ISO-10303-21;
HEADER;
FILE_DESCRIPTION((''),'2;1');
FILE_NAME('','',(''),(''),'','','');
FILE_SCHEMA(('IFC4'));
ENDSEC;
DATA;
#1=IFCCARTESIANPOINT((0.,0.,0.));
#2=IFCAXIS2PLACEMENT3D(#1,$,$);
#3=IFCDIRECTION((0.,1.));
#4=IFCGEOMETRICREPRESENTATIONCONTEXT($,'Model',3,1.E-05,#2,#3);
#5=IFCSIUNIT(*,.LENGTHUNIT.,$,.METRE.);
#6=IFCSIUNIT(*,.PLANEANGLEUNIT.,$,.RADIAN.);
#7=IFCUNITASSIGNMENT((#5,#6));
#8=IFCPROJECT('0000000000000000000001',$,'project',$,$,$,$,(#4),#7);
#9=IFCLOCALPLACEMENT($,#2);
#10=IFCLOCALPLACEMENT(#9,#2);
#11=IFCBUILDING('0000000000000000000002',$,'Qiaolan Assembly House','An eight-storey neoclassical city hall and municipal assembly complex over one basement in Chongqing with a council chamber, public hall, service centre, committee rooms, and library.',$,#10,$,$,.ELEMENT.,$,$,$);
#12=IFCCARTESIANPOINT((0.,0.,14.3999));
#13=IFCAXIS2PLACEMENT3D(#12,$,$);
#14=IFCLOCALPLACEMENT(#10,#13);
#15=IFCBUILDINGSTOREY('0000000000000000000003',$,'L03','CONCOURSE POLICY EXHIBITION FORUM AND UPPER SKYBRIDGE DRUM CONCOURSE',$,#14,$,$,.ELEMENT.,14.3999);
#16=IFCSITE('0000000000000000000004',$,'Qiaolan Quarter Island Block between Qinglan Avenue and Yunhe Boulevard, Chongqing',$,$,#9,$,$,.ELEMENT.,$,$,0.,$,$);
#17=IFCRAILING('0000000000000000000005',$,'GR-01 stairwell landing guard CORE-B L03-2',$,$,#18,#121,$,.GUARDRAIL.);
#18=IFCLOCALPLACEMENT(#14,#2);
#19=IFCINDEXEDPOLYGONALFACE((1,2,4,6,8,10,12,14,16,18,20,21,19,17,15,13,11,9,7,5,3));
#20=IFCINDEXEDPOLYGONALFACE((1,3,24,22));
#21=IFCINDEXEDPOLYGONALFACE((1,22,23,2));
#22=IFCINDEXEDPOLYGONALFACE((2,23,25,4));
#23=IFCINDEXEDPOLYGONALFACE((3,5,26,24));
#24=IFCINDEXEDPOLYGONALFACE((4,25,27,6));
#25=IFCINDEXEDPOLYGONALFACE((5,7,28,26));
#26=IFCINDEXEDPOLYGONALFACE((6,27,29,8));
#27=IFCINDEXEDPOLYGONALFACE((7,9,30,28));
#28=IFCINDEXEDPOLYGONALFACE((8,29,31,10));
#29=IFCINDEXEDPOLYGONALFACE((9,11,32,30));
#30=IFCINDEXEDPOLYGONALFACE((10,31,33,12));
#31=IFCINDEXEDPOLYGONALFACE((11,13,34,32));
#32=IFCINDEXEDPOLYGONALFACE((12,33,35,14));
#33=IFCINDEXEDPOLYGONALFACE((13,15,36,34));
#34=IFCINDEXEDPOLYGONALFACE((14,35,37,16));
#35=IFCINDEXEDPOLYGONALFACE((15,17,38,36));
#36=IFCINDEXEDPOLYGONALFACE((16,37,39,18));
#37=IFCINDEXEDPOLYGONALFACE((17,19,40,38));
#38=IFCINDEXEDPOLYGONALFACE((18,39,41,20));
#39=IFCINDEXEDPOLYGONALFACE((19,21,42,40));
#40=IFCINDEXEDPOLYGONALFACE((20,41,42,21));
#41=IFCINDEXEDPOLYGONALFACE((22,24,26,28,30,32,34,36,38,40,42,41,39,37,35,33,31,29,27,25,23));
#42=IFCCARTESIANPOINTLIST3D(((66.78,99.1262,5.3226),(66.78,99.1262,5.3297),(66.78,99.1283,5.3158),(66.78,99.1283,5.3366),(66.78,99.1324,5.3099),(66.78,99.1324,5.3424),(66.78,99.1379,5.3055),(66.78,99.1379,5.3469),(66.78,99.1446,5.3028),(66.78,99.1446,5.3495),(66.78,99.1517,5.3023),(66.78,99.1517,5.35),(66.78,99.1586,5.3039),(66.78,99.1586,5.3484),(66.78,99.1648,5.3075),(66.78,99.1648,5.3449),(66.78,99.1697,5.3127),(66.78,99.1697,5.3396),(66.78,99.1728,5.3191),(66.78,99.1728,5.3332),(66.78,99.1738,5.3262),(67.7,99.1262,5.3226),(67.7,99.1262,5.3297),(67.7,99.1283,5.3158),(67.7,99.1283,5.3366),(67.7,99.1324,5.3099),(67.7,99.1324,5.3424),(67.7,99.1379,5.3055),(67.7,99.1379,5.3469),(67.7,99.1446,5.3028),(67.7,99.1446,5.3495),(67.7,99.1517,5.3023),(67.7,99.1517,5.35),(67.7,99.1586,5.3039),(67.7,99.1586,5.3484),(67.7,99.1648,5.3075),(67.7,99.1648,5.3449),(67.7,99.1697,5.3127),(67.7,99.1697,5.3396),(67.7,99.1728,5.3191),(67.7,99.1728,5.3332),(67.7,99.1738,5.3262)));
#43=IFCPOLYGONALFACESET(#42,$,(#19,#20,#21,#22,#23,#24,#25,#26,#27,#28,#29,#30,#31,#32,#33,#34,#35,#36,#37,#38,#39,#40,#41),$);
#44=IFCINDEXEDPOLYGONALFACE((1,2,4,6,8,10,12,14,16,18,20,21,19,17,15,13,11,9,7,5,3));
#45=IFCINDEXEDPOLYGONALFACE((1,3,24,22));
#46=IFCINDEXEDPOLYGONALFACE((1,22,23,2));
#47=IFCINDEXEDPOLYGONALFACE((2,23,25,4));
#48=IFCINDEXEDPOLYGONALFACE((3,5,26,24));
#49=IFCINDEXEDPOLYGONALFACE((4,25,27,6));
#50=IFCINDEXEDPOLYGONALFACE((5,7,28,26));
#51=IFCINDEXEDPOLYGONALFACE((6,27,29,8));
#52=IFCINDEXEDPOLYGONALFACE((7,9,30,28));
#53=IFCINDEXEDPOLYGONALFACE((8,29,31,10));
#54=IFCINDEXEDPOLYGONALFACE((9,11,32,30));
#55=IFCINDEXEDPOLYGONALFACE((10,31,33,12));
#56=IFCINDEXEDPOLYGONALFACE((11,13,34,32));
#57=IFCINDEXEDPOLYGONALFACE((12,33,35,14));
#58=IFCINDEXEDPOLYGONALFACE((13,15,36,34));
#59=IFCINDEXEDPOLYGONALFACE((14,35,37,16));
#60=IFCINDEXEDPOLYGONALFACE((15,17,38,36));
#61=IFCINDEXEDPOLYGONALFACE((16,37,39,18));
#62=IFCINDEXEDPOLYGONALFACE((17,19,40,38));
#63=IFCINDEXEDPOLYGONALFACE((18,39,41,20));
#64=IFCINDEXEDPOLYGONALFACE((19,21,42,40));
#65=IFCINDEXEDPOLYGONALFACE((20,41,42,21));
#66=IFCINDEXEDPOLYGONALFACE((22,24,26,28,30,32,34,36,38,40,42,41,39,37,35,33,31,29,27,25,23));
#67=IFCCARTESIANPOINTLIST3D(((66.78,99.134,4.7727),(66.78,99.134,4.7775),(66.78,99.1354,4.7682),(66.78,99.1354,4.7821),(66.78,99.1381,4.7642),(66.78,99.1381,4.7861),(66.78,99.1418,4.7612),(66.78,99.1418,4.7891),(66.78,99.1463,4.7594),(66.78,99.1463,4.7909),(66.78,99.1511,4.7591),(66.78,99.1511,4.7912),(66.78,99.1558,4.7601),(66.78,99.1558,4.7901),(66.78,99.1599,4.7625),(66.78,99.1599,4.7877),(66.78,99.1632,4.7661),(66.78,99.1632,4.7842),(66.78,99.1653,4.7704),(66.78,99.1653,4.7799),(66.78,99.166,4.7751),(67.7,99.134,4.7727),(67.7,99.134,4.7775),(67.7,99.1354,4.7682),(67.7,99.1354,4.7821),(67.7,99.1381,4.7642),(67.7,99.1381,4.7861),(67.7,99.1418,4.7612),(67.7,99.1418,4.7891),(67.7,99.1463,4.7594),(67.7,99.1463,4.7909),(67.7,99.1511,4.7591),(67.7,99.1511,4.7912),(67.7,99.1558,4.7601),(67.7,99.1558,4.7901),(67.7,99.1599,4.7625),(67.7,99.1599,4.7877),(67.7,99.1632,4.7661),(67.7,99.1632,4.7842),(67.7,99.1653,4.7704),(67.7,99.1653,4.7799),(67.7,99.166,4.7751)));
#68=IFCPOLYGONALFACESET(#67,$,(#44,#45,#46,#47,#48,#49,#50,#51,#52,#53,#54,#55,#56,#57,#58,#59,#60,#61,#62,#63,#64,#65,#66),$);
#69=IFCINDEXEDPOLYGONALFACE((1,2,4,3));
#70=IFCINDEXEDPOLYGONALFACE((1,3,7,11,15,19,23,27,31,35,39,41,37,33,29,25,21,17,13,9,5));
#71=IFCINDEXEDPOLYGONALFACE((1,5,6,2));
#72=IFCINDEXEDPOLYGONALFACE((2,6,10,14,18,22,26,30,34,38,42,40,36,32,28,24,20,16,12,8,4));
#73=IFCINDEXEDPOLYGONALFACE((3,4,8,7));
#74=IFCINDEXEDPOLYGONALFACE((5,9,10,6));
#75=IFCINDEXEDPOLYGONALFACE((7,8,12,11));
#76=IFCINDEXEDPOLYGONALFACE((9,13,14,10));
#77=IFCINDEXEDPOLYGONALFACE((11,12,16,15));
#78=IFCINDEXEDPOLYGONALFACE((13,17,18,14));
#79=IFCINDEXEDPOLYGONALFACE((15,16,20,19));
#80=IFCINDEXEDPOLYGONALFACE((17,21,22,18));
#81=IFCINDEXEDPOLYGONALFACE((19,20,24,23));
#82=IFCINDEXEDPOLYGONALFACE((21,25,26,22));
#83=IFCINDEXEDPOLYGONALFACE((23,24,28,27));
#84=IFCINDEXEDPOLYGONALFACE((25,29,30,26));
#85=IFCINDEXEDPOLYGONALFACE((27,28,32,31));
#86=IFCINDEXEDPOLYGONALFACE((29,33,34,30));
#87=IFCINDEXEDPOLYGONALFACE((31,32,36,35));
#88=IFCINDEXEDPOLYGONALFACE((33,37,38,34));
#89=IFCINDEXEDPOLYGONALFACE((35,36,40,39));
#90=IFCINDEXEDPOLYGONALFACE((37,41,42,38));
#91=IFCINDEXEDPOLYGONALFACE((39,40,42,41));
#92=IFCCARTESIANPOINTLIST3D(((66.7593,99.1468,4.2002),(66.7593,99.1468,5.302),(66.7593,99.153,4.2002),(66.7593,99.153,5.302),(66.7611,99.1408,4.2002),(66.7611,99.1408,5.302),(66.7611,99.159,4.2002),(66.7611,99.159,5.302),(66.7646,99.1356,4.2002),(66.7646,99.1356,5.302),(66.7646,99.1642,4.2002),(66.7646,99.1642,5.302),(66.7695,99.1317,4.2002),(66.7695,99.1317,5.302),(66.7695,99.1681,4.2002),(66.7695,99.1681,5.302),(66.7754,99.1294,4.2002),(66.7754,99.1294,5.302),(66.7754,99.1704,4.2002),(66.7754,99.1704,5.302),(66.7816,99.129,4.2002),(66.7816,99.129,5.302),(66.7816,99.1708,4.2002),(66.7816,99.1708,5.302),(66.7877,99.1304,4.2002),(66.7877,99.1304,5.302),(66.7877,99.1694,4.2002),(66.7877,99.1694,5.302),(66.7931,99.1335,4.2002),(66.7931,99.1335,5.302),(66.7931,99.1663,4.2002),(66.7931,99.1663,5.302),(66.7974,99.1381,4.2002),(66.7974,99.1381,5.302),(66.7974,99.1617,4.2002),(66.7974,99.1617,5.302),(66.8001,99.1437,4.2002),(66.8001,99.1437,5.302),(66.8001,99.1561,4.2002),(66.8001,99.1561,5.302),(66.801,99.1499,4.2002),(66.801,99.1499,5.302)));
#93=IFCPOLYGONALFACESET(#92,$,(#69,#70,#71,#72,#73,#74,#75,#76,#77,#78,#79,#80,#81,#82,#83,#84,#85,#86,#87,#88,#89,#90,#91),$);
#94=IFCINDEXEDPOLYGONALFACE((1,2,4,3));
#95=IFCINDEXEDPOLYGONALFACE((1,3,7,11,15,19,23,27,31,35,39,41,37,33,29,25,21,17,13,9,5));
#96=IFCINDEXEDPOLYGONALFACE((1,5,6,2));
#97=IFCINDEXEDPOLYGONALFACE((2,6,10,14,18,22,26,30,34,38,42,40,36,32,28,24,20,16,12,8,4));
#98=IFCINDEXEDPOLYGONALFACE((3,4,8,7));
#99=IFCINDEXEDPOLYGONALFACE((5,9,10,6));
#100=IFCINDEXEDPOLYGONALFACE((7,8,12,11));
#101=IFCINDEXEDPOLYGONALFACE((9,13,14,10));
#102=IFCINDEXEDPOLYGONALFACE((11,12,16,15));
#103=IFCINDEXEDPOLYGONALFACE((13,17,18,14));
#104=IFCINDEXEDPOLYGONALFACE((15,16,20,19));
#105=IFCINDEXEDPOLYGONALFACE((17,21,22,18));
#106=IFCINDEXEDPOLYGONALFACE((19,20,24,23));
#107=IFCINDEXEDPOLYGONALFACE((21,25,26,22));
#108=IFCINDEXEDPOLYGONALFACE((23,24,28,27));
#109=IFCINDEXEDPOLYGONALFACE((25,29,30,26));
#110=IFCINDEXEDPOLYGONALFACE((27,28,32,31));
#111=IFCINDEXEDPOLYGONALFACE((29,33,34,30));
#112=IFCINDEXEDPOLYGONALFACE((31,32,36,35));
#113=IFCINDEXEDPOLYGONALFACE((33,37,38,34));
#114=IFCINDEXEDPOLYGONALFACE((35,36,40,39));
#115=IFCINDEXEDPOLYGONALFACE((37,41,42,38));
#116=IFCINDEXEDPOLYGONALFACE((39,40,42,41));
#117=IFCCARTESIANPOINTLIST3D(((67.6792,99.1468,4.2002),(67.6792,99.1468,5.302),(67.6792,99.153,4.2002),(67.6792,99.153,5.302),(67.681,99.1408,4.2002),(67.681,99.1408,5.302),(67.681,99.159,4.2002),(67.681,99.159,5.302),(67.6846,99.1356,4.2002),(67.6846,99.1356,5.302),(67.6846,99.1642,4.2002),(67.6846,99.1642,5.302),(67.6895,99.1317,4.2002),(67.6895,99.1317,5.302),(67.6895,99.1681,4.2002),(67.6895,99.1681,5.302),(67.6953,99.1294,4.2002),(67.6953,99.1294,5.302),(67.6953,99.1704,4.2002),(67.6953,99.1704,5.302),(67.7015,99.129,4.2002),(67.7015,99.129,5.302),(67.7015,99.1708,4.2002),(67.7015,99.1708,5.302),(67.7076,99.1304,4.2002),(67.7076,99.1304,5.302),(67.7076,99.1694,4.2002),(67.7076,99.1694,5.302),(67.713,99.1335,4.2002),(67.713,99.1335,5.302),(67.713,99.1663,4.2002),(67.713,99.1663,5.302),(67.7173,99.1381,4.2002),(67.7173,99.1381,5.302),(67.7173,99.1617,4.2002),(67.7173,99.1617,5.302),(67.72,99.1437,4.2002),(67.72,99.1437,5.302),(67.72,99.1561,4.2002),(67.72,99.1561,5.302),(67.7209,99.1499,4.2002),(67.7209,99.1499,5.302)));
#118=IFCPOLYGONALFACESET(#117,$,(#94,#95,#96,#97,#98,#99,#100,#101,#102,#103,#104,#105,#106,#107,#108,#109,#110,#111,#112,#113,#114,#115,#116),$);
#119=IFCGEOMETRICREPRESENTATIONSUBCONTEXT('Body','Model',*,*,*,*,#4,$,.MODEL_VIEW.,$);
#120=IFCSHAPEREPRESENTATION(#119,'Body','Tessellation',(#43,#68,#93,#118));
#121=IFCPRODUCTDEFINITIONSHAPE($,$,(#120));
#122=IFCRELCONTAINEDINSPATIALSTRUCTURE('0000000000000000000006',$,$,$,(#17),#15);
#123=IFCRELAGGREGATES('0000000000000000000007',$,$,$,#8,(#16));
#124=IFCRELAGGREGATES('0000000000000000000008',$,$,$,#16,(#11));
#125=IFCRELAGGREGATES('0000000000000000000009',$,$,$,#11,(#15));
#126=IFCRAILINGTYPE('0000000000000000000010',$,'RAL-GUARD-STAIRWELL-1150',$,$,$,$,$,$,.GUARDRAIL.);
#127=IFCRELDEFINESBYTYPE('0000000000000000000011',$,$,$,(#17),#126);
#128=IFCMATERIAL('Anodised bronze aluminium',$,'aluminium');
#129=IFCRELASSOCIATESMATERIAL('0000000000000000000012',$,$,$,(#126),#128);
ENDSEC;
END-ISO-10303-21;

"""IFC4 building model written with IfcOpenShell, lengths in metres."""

from ifc_helpers import new_model, si_unit, direction, frame, origin, origin_2d, place, context, subcontext, project, spatial, circle, extrude, material, type_object, element, save


model = new_model("IFC4")

# Units and contexts
model_context = context("Model", 3, precision=1e-05, world=origin(), true_north=direction((0.0, 1.0)))
body_context = subcontext(model_context, "Body", "Model", "MODEL_VIEW")
ifc_project = project(units=[si_unit("LENGTHUNIT", "METRE"), si_unit("PLANEANGLEUNIT", "RADIAN")], contexts=[model_context])

# Site, building, storey
site_placement = place(None, origin())
site = spatial("IfcSite", under=ifc_project, at=site_placement, Name="Qiaolan Quarter Island Block between Qinglan Avenue and Yunhe Boulevard, Chongqing", CompositionType="ELEMENT", RefElevation=0.0)
building_placement = place(site_placement, origin())
building = spatial("IfcBuilding", under=site, at=building_placement, Name="Qiaolan Assembly House", Description="An eight-storey neoclassical city hall and municipal assembly complex over one basement in Chongqing with a council chamber, public hall, service centre, committee rooms, and library.", CompositionType="ELEMENT")
storey_placement = place(building_placement, frame((0.0, 0.0, 14.3999)))
storey = spatial("IfcBuildingStorey", under=building, at=storey_placement, Name="L03", Description="CONCOURSE POLICY EXHIBITION FORUM AND UPPER SKYBRIDGE DRUM CONCOURSE", CompositionType="ELEMENT", Elevation=14.3999)

# Railing
ifc_material_1 = material(Name="Anodised bronze aluminium", Category="aluminium")
railing_type_1 = type_object("IfcRailingType", Name="RAL-GUARD-STAIRWELL-1150", PredefinedType="GUARDRAIL", material=ifc_material_1)
for number, where, name in (
    (1, (66.78, 99.1499, 4.2002), "GR-01 stairwell landing guard CORE-B L03-2"),
):
    element("IfcRailing", number, at=place(storey_placement, frame(where)), inside=storey, type_object=railing_type_1, Name=name, PredefinedType="GUARDRAIL", context=body_context, shape_type="SweptSolid", body=[
        extrude(circle(Radius=0.0239, at=origin_2d()), frame((0.0, 0.0, 1.126), z_axis=(1.0, 0.0, 0.0), x_axis=(0.0, 1.0, 0.0)), (0.0, 0.0, 1.0), 0.9199),
        extrude(circle(Radius=0.0161, at=origin_2d()), frame((0.0, 0.0, 0.575), z_axis=(1.0, 0.0, 0.0), x_axis=(0.0, 1.0, 0.0)), (0.0, 0.0, 1.0), 0.9199),
        extrude(circle(Radius=0.021, at=origin_2d()), origin(), (0.0, 0.0, 1.0), 1.1018),
        extrude(circle(Radius=0.021, at=origin_2d()), frame((0.9199, 0.0, 0.0)), (0.0, 0.0, 1.0), 1.1018),
    ])

save(model, "model.ifc")
